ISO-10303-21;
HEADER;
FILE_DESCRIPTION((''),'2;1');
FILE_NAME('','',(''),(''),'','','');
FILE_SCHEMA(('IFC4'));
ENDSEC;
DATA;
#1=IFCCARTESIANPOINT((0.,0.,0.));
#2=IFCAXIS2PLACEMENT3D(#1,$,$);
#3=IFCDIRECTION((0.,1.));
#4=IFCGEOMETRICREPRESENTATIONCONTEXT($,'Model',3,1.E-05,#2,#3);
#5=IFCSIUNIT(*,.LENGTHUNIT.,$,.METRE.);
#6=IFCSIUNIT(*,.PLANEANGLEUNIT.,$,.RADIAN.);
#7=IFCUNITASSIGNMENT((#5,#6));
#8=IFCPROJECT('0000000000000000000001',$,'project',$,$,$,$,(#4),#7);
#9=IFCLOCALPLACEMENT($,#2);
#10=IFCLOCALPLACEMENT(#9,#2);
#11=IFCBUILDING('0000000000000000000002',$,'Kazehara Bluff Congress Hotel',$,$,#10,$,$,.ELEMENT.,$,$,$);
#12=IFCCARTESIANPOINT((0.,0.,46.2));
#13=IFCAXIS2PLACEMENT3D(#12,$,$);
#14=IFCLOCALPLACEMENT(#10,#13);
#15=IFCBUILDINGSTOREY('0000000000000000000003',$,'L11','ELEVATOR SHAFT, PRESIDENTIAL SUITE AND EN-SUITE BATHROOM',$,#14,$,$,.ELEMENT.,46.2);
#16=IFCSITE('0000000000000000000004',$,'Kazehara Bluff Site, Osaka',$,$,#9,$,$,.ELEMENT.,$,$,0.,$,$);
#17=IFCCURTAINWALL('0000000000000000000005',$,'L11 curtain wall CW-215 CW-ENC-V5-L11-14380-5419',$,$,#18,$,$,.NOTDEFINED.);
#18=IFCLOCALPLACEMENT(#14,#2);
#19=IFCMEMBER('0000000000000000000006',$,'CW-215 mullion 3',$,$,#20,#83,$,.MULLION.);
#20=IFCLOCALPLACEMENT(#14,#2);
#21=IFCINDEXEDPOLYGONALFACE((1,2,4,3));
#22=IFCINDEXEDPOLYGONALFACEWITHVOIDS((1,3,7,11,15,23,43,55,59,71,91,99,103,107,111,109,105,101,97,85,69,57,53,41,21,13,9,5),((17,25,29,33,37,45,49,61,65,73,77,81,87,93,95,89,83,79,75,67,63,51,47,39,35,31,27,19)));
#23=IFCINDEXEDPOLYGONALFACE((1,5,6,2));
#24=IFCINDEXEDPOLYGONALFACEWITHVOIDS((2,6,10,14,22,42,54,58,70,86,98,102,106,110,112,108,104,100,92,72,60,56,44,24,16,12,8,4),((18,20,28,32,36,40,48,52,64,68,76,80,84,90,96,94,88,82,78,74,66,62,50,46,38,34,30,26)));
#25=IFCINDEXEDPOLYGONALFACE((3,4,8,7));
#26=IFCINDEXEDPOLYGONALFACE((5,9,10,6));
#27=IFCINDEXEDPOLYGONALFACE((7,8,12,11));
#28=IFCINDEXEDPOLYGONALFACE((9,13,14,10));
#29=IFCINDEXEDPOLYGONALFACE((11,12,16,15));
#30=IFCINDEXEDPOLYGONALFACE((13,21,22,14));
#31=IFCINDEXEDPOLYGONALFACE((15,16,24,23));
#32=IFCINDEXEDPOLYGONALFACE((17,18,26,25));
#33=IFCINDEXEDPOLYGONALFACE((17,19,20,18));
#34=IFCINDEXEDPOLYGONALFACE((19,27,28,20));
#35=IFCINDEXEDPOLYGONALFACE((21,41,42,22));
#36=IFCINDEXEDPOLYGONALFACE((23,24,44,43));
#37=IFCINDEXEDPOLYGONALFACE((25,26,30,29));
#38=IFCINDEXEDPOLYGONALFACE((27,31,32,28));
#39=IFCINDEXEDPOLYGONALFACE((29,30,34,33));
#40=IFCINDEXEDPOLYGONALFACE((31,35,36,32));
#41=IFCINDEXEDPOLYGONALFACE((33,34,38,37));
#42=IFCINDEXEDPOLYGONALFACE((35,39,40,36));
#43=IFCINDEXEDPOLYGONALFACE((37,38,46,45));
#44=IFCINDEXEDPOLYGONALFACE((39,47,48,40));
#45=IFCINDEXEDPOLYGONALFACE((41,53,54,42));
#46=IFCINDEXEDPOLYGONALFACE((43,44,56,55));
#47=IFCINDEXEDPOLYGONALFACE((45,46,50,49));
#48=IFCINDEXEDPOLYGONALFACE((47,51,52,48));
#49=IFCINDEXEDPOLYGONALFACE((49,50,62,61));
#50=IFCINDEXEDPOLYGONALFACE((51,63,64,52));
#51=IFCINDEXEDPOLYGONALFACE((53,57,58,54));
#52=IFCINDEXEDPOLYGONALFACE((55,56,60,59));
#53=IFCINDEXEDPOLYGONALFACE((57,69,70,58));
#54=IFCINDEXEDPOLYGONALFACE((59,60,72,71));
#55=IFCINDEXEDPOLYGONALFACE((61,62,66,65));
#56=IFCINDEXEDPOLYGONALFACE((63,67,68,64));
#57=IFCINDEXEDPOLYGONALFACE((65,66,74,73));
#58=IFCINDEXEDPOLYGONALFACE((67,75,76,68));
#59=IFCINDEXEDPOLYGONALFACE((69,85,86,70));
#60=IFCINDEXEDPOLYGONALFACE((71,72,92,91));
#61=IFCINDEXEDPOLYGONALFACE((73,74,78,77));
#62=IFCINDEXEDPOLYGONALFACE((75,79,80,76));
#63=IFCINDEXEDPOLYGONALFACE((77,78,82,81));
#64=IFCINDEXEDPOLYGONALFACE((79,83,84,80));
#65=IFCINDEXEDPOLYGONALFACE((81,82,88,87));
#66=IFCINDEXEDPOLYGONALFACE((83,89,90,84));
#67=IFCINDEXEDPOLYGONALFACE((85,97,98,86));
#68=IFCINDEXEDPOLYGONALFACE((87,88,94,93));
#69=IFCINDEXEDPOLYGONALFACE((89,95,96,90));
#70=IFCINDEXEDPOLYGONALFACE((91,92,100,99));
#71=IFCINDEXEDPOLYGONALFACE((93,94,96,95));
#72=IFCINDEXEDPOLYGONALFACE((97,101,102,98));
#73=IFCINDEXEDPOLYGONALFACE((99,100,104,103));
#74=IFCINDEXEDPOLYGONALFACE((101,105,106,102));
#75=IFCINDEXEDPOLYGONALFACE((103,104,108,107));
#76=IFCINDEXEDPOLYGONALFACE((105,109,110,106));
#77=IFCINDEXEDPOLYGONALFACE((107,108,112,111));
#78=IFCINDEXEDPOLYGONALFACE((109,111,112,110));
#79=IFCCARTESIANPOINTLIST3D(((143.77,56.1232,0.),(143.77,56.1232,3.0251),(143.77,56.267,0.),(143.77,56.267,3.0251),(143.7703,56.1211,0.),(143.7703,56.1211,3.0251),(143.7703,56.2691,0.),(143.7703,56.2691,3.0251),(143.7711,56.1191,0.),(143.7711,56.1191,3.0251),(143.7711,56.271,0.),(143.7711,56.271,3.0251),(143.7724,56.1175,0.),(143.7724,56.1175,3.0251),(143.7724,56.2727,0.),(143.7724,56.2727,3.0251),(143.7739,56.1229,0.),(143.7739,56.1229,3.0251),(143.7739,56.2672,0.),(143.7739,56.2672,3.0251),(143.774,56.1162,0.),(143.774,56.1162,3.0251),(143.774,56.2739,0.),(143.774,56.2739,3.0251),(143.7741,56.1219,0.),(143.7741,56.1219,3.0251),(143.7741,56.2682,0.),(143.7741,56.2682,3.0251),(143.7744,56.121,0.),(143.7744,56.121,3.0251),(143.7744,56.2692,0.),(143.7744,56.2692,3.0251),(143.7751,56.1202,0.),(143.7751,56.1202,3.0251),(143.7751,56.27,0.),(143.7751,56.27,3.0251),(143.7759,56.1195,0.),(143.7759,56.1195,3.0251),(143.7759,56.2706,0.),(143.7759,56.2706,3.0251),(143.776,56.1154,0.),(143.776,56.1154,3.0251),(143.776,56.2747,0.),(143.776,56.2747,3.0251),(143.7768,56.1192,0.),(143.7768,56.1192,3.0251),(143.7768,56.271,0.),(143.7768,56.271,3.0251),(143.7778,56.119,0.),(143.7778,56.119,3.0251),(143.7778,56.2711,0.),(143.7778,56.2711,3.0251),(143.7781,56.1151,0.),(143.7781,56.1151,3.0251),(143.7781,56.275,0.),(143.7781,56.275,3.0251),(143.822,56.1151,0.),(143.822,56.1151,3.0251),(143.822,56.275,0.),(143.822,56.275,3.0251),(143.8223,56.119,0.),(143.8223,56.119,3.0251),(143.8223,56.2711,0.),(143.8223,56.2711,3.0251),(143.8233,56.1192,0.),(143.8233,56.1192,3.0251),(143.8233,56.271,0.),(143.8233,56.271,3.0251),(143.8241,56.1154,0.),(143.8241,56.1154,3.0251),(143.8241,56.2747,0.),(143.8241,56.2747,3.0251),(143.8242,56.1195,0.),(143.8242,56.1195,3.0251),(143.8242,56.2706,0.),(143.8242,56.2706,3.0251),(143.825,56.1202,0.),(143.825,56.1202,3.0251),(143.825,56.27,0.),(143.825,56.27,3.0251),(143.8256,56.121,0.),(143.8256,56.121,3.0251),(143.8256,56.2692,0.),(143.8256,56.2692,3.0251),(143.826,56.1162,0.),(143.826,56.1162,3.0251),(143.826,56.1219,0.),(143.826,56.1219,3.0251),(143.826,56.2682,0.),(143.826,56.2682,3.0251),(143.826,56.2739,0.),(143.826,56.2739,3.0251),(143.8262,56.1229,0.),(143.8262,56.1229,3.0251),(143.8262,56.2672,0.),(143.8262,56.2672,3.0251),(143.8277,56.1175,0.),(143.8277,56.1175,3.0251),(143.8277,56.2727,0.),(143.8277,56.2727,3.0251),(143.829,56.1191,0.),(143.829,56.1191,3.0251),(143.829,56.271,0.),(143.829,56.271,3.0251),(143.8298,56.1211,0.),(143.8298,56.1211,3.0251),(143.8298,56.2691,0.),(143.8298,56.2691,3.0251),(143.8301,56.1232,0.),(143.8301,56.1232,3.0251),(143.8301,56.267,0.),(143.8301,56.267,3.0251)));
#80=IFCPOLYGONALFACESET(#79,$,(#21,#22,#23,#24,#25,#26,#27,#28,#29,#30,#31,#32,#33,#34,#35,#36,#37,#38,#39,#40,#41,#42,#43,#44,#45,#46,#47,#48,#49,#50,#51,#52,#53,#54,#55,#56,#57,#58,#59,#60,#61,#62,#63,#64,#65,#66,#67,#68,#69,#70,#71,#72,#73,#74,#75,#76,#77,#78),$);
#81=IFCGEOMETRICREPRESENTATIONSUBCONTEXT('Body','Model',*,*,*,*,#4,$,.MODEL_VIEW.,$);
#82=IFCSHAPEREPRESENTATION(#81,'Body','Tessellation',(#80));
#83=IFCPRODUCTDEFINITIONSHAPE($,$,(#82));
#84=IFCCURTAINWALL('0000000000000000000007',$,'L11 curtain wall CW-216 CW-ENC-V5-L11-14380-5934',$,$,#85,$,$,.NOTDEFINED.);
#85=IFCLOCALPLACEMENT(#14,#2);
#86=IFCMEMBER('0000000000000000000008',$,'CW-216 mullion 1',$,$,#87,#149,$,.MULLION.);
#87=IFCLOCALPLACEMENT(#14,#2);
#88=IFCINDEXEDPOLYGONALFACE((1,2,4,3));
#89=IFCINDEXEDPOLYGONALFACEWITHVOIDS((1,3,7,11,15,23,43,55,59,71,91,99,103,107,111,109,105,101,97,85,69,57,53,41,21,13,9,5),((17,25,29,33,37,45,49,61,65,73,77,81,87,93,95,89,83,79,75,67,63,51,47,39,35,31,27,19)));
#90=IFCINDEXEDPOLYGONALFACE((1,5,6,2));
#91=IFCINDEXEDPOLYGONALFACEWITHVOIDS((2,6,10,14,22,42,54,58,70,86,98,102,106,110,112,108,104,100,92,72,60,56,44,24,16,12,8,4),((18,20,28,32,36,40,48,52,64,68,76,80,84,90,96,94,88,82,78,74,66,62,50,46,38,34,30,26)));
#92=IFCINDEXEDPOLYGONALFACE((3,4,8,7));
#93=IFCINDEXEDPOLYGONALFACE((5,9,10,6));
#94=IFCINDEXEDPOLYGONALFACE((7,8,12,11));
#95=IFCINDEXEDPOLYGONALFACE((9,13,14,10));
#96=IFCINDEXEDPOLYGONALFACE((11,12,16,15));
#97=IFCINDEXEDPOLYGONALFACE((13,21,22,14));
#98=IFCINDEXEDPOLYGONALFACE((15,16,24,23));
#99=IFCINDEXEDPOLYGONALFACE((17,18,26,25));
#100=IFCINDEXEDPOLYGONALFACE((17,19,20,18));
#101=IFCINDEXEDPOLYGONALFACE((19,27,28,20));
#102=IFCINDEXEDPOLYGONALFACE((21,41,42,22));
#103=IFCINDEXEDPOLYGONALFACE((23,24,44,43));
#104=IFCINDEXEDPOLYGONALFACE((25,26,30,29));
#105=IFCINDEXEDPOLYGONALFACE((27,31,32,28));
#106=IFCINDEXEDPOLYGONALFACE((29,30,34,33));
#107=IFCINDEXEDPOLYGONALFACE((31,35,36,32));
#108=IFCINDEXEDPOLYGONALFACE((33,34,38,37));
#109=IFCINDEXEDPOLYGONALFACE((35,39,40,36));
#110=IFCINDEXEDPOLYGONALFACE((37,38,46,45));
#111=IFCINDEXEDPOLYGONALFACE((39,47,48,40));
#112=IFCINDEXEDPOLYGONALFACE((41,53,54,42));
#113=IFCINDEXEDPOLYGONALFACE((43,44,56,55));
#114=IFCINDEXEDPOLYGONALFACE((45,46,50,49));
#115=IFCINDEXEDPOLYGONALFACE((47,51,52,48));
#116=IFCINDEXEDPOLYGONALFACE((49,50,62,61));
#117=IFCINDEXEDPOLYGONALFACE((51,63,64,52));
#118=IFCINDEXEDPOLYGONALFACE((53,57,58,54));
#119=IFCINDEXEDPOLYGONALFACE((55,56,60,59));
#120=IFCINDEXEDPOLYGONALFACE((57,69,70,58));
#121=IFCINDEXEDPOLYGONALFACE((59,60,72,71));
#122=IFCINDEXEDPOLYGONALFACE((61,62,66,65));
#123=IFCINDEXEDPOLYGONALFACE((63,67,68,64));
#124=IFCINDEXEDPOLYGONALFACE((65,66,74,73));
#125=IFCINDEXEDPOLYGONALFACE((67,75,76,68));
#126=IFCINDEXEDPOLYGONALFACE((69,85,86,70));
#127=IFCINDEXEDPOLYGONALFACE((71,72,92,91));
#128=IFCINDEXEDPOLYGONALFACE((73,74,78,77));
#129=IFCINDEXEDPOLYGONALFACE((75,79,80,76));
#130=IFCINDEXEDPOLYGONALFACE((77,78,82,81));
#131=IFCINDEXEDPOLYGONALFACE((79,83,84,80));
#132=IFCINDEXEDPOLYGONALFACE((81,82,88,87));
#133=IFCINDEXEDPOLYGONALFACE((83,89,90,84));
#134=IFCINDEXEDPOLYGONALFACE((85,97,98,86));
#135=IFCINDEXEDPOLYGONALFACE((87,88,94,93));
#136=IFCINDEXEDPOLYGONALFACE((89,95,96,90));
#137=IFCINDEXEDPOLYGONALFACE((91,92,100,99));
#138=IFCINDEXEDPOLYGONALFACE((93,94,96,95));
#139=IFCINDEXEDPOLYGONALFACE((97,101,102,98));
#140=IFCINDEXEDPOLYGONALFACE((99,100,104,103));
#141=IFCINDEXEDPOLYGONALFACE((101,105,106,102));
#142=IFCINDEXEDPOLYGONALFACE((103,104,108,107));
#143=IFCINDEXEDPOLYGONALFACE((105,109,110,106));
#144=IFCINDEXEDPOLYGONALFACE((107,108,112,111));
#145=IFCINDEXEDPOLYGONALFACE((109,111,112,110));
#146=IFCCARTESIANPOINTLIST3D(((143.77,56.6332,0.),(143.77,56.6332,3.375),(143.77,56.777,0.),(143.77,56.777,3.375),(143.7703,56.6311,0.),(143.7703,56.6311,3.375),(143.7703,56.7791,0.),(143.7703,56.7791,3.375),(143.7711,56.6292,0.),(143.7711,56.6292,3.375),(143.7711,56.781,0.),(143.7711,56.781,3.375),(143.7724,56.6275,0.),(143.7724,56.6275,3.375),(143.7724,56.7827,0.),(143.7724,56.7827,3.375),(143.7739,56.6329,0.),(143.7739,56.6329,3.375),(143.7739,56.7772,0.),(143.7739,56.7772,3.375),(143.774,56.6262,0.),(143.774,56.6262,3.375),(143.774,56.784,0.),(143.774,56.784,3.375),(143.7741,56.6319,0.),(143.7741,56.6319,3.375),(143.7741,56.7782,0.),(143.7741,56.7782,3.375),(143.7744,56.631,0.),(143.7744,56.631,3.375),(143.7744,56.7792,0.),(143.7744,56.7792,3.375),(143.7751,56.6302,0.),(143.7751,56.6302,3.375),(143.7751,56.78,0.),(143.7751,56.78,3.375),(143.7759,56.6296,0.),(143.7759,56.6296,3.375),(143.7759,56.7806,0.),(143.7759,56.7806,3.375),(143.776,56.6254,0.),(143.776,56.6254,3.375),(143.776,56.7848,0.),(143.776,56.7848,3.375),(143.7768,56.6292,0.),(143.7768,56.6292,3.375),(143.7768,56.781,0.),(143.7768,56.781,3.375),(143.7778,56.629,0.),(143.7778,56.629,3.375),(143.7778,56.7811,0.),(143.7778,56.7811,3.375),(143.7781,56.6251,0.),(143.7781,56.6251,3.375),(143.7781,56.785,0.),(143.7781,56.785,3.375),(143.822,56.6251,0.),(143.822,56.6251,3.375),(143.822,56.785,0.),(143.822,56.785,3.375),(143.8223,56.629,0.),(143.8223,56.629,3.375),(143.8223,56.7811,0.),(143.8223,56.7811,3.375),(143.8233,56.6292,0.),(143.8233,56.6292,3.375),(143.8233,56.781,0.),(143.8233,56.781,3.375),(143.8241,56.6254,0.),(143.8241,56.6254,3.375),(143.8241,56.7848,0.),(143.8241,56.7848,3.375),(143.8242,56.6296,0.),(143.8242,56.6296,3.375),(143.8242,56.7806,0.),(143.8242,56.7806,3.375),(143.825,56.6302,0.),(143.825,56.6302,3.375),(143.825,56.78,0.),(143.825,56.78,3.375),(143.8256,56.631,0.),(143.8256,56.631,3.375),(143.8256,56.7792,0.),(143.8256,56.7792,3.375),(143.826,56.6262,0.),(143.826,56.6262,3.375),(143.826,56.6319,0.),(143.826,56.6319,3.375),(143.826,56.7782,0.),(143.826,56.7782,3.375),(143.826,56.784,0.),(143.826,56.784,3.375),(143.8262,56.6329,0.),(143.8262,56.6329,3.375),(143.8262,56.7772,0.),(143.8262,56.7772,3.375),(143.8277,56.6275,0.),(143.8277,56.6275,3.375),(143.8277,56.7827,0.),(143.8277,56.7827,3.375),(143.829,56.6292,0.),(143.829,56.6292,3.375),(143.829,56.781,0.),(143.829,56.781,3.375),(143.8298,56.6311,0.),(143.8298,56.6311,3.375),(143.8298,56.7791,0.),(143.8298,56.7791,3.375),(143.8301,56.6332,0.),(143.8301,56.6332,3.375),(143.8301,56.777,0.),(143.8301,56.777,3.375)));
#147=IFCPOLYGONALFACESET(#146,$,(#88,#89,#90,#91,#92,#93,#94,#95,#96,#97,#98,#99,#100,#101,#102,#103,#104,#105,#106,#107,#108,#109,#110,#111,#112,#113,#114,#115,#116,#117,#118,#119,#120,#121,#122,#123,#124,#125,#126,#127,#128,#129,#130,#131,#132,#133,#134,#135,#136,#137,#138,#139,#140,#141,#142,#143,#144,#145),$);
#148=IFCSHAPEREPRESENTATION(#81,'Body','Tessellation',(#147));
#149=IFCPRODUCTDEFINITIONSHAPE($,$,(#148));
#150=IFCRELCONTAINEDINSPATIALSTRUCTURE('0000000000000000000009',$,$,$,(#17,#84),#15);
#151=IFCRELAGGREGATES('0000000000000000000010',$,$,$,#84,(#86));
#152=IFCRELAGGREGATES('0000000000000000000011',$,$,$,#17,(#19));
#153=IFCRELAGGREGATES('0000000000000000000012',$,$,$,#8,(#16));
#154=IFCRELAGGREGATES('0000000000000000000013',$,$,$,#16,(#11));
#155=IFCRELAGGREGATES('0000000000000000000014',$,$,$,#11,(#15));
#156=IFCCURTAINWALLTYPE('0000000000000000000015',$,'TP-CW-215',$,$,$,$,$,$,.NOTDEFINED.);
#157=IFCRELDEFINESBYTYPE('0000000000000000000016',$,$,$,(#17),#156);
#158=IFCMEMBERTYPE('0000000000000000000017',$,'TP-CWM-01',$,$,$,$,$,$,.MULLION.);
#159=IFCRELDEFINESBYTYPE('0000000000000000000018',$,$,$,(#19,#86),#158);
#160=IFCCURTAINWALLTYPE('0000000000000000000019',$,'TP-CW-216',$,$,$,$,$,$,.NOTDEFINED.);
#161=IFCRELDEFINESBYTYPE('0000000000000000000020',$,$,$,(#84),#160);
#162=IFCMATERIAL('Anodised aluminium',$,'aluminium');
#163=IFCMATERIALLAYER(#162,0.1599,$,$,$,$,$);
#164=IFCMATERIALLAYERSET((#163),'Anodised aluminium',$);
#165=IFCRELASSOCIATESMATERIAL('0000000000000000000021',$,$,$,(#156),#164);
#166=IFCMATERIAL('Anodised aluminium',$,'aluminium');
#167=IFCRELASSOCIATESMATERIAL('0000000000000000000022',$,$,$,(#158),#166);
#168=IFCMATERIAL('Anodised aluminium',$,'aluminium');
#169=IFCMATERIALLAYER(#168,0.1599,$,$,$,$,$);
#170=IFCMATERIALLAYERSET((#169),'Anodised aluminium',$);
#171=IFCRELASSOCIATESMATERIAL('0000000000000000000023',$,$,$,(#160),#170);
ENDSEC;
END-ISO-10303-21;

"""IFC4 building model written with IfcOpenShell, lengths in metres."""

from ifc_helpers import new_model, si_unit, direction, frame, origin, origin_2d, place, context, subcontext, project, spatial, hollow_rectangle, extrude, material, layer, layer_set, material_profile, profile_set, type_object, element, aggregate, save


model = new_model("IFC4")

# Units and contexts
model_context = context("Model", 3, precision=1e-05, world=origin(), true_north=direction((0.0, 1.0)))
body_context = subcontext(model_context, "Body", "Model", "MODEL_VIEW")
ifc_project = project(units=[si_unit("LENGTHUNIT", "METRE"), si_unit("PLANEANGLEUNIT", "RADIAN")], contexts=[model_context])

# Site, building, storey
site_placement = place(None, origin())
site = spatial("IfcSite", under=ifc_project, at=site_placement, Name="Kazehara Bluff Site, Osaka", CompositionType="ELEMENT", RefElevation=0.0)
building_placement = place(site_placement, origin())
building = spatial("IfcBuilding", under=site, at=building_placement, Name="Kazehara Bluff Congress Hotel", CompositionType="ELEMENT")
storey_placement = place(building_placement, frame((0.0, 0.0, 46.2)))
storey = spatial("IfcBuildingStorey", under=building, at=storey_placement, Name="L11", Description="ELEVATOR SHAFT, PRESIDENTIAL SUITE AND EN-SUITE BATHROOM", CompositionType="ELEMENT", Elevation=46.2)

# Curtain wall, member
ifc_material_1 = material(Name="Anodised aluminium", Category="aluminium")
ifc_layer_1 = layer(ifc_material_1, 0.1599)
ifc_layer_set_1 = layer_set([ifc_layer_1], Name="Anodised aluminium")
curtain_wall_type_1 = type_object("IfcCurtainWallType", Name="TP-CW-215", PredefinedType="NOTDEFINED", material=ifc_layer_set_1)
curtain_wall_1_placement = place(storey_placement, origin())
curtain_wall_1 = element("IfcCurtainWall", 1, at=curtain_wall_1_placement, inside=storey, type_object=curtain_wall_type_1, Name="L11 curtain wall CW-215 CW-ENC-V5-L11-14380-5419", PredefinedType="NOTDEFINED")
ifc_material_2 = material(Name="Anodised aluminium", Category="aluminium")
ifc_material_profile_1 = material_profile(ifc_material_2, hollow_rectangle(XDim=0.0601, YDim=0.1599, WallThickness=0.0039, InnerFilletRadius=0.0039, OuterFilletRadius=0.0081, at=origin_2d()))
ifc_profile_set_1 = profile_set([ifc_material_profile_1], Name="Anodised aluminium")
member_type_1 = type_object("IfcMemberType", Name="TP-CWM-01", PredefinedType="MULLION", material=ifc_profile_set_1)
member_1_placement = place(storey_placement, frame((143.8, 56.1951, 0.0), z_axis=(0.0, 0.0, 1.0), x_axis=(-1.0, 0.0, 0.0)))
member_1 = element("IfcMember", 2, at=member_1_placement, type_object=member_type_1, Name="CW-215 mullion 3", PredefinedType="MULLION", context=body_context, shape_type="SweptSolid", body=[
    extrude(hollow_rectangle(XDim=0.0601, YDim=0.1599, WallThickness=0.0039, InnerFilletRadius=0.0039, OuterFilletRadius=0.0081, at=origin_2d()), origin(), (0.0, 0.0, 1.0), 3.0251),
])

# Curtain wall, member
ifc_material_3 = material(Name="Anodised aluminium", Category="aluminium")
ifc_layer_2 = layer(ifc_material_3, 0.1599)
ifc_layer_set_2 = layer_set([ifc_layer_2], Name="Anodised aluminium")
curtain_wall_type_2 = type_object("IfcCurtainWallType", Name="TP-CW-216", PredefinedType="NOTDEFINED", material=ifc_layer_set_2)
curtain_wall_2_placement = place(storey_placement, origin())
curtain_wall_2 = element("IfcCurtainWall", 3, at=curtain_wall_2_placement, inside=storey, type_object=curtain_wall_type_2, Name="L11 curtain wall CW-216 CW-ENC-V5-L11-14380-5934", PredefinedType="NOTDEFINED")
member_2_placement = place(storey_placement, frame((143.8, 56.7051, 0.0), z_axis=(0.0, 0.0, 1.0), x_axis=(-1.0, 0.0, 0.0)))
member_2 = element("IfcMember", 4, at=member_2_placement, type_object=member_type_1, Name="CW-216 mullion 1", PredefinedType="MULLION", context=body_context, shape_type="SweptSolid", body=[
    extrude(hollow_rectangle(XDim=0.0601, YDim=0.1599, WallThickness=0.0039, InnerFilletRadius=0.0039, OuterFilletRadius=0.0081, at=origin_2d()), origin(), (0.0, 0.0, 1.0), 3.375),
])

aggregate(curtain_wall_2, [member_2])
aggregate(curtain_wall_1, [member_1])

save(model, "model.ifc")
